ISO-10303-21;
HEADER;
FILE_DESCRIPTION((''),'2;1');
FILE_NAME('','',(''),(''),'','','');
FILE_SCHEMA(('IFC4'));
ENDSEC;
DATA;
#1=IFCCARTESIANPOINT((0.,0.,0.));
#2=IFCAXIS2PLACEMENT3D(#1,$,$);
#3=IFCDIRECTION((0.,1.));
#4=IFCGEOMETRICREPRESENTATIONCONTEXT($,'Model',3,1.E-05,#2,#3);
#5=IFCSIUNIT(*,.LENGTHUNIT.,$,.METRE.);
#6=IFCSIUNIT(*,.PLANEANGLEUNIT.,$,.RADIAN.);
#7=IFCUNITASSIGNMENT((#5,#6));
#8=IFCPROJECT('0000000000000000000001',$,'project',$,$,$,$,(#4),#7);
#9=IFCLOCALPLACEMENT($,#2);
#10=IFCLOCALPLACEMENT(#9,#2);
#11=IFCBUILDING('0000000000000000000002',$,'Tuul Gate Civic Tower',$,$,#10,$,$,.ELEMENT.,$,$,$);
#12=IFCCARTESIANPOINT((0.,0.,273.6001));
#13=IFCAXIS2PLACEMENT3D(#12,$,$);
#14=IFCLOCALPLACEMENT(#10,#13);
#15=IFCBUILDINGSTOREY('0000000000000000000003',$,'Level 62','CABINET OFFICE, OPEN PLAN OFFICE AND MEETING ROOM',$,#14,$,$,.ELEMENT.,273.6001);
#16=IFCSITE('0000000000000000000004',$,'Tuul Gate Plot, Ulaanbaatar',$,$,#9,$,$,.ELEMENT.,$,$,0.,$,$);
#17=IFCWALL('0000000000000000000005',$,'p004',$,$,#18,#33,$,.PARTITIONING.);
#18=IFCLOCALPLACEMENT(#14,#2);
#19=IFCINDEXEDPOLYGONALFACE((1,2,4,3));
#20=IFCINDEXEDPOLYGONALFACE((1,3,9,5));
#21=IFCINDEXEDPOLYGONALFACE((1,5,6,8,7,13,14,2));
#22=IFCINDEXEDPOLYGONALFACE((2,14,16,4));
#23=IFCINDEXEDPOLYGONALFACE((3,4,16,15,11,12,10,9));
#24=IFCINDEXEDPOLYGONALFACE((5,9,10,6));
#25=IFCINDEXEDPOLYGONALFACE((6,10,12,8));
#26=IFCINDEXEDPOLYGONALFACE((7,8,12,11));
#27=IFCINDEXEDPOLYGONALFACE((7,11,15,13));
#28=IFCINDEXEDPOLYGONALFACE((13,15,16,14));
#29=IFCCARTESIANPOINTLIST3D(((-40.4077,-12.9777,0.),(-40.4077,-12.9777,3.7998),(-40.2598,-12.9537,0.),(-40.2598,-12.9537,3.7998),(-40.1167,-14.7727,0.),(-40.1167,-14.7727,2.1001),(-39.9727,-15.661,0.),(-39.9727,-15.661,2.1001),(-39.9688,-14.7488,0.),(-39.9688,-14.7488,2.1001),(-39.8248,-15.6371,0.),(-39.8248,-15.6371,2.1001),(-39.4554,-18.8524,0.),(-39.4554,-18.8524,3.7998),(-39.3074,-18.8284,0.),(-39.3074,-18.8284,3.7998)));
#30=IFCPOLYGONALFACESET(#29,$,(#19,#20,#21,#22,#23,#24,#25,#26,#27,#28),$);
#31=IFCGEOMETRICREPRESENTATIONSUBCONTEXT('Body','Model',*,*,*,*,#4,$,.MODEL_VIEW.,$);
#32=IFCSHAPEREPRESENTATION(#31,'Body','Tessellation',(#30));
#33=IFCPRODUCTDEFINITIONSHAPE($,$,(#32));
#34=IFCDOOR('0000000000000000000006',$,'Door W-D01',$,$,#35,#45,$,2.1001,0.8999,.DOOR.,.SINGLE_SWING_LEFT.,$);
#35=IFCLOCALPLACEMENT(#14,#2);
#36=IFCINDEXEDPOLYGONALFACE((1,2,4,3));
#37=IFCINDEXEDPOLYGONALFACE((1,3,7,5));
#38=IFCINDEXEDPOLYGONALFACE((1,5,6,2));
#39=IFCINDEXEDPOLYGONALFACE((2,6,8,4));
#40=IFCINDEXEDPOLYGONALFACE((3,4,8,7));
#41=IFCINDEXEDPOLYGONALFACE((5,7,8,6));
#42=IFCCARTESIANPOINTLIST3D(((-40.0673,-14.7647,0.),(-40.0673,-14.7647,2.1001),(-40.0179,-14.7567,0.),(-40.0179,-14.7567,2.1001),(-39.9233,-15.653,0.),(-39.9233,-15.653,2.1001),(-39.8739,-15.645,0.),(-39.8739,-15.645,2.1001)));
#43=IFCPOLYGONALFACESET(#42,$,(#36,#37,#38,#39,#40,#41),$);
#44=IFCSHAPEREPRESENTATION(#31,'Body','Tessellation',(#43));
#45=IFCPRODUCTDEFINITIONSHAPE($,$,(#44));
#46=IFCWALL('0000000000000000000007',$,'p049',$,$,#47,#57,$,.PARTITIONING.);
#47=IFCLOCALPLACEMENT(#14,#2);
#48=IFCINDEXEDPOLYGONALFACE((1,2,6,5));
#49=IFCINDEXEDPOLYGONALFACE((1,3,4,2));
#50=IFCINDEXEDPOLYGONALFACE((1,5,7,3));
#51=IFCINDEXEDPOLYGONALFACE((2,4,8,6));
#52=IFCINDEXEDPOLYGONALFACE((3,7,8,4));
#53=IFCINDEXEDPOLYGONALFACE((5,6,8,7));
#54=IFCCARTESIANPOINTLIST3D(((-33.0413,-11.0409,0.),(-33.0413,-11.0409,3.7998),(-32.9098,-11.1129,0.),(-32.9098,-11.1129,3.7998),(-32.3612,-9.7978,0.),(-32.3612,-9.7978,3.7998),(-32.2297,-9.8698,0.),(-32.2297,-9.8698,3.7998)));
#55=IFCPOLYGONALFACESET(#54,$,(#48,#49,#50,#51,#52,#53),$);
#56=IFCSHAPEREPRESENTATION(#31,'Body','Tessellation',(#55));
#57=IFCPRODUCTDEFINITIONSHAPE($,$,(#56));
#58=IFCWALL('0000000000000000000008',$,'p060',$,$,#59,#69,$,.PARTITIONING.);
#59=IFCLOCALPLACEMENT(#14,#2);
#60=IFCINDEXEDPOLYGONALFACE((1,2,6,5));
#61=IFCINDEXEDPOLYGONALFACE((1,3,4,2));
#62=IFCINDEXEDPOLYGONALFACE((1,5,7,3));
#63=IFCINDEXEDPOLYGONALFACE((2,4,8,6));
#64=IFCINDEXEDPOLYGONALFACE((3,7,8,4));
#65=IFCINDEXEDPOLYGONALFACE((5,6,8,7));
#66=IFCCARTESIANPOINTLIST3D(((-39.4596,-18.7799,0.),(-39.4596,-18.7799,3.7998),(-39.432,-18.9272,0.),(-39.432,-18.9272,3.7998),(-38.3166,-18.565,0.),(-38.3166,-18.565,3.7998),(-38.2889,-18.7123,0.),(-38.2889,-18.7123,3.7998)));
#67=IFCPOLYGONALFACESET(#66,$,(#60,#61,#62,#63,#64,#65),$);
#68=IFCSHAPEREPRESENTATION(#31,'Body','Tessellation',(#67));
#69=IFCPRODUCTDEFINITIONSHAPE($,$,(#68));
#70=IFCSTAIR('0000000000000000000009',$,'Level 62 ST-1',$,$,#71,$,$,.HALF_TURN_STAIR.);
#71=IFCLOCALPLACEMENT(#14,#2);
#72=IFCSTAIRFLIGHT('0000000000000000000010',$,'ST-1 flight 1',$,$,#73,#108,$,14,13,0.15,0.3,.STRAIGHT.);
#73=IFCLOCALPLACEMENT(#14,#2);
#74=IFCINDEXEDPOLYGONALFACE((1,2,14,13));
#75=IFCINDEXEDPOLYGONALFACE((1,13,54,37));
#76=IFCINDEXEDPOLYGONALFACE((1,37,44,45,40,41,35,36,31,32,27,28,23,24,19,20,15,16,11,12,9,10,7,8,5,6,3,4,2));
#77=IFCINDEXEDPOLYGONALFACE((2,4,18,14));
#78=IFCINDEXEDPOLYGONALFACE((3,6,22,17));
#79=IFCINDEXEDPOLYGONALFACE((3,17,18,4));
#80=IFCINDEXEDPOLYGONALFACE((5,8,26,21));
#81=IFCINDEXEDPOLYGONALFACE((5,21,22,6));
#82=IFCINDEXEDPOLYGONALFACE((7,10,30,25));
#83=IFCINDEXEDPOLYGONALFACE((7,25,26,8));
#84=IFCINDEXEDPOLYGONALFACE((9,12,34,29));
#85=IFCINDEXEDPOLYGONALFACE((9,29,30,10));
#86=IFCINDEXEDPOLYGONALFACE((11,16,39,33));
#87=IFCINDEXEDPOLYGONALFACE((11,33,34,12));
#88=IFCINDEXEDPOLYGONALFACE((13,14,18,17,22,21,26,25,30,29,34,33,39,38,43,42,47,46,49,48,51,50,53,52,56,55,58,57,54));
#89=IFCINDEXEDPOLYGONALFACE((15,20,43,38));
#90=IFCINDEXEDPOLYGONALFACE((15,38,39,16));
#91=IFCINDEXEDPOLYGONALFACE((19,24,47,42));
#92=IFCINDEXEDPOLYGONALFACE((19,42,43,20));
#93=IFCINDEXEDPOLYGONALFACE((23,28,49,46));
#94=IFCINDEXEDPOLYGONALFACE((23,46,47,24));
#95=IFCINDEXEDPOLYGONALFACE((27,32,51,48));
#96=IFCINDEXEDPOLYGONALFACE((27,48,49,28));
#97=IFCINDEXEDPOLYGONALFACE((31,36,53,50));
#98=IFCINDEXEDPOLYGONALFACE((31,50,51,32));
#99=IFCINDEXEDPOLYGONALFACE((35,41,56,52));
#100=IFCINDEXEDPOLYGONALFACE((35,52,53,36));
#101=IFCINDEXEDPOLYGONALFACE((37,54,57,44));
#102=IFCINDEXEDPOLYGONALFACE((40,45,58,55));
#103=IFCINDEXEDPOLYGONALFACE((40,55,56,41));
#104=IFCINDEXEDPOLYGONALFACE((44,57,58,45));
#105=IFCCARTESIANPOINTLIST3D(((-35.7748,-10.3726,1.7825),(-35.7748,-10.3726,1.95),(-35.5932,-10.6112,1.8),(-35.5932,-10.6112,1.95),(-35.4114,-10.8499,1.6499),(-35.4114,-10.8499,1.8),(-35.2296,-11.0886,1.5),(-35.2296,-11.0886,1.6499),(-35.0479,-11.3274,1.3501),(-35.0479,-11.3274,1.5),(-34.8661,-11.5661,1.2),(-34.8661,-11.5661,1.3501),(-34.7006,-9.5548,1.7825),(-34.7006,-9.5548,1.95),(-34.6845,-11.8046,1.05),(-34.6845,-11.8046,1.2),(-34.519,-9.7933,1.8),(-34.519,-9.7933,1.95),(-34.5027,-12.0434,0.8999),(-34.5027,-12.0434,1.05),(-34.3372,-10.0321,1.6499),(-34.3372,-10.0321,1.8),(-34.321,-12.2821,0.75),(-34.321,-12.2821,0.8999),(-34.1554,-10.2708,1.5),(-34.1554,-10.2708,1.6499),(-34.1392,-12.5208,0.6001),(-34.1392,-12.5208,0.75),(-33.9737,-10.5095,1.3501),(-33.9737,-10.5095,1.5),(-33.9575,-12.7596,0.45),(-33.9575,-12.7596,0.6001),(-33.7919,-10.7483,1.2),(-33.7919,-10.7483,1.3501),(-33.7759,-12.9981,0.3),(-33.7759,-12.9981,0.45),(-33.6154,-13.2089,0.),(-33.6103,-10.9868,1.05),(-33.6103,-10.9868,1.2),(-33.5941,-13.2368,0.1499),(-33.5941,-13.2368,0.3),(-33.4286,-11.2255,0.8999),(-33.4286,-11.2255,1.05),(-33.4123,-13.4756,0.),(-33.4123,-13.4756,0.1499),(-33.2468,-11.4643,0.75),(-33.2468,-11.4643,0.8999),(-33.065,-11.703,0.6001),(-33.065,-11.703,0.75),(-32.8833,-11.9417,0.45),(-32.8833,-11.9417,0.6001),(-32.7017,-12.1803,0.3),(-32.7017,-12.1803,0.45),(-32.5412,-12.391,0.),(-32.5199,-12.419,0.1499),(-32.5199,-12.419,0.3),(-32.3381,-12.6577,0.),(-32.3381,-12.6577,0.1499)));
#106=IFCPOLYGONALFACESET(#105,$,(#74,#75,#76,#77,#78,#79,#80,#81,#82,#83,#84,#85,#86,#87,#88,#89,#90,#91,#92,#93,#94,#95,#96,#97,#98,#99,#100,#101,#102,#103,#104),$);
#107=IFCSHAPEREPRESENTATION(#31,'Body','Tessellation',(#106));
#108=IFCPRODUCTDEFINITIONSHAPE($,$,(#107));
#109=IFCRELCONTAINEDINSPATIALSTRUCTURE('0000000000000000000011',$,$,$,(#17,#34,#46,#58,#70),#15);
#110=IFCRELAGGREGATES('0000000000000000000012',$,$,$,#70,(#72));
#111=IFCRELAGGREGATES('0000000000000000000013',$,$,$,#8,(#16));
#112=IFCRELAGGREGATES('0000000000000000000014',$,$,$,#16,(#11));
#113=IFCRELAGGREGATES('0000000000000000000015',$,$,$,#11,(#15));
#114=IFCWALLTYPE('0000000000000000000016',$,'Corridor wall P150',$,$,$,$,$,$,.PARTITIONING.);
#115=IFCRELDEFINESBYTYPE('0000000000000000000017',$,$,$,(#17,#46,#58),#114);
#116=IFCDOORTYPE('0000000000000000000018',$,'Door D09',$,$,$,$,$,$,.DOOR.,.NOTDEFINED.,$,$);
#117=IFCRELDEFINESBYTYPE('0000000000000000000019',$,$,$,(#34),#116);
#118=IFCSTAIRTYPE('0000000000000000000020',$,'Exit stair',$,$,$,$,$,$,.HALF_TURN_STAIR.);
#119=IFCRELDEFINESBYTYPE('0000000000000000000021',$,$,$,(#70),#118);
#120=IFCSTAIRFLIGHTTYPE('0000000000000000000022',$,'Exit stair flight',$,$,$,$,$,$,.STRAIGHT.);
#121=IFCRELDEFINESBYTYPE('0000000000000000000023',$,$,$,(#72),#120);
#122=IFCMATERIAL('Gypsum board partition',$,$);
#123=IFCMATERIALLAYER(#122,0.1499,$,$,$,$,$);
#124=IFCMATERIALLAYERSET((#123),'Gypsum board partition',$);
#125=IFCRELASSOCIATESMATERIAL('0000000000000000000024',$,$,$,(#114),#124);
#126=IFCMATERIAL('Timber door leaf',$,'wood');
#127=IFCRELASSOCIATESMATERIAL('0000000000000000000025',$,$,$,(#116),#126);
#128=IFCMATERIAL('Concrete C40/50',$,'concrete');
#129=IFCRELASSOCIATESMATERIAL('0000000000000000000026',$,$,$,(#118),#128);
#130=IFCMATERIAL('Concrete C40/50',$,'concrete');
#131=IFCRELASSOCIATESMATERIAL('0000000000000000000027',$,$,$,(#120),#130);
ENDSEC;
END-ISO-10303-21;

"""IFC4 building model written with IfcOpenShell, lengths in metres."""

from ifc_helpers import new_model, si_unit, direction, frame, frame_2d, origin, place, context, subcontext, project, spatial, polyline, rectangle, outline, extrude, material, layer, layer_set, type_object, element, fill, aggregate, save


model = new_model("IFC4")

# Units and contexts
model_context = context("Model", 3, precision=1e-05, world=origin(), true_north=direction((0.0, 1.0)))
body_context = subcontext(model_context, "Body", "Model", "MODEL_VIEW")
ifc_project = project(units=[si_unit("LENGTHUNIT", "METRE"), si_unit("PLANEANGLEUNIT", "RADIAN")], contexts=[model_context])

# Site, building, storey
site_placement = place(None, origin())
site = spatial("IfcSite", under=ifc_project, at=site_placement, Name="Tuul Gate Plot, Ulaanbaatar", CompositionType="ELEMENT", RefElevation=0.0)
building_placement = place(site_placement, origin())
building = spatial("IfcBuilding", under=site, at=building_placement, Name="Tuul Gate Civic Tower", CompositionType="ELEMENT")
storey_placement = place(building_placement, frame((0.0, 0.0, 273.6001)))
storey = spatial("IfcBuildingStorey", under=building, at=storey_placement, Name="Level 62", Description="CABINET OFFICE, OPEN PLAN OFFICE AND MEETING ROOM", CompositionType="ELEMENT", Elevation=273.6001)

# Wall, opening, door
ifc_material_1 = material(Name="Gypsum board partition")
ifc_layer_1 = layer(ifc_material_1, 0.1499)
ifc_layer_set_1 = layer_set([ifc_layer_1], Name="Gypsum board partition")
wall_type_1 = type_object("IfcWallType", Name="Corridor wall P150", PredefinedType="PARTITIONING", material=ifc_layer_set_1)
wall_1_placement = place(storey_placement, frame((-40.3337, -12.9658, 0.0), z_axis=(0.0, 0.0, 1.0), x_axis=(0.160027, -0.987113, 0.0)))
wall_1 = element("IfcWall", 1, at=wall_1_placement, inside=storey, type_object=wall_type_1, Name="p004", PredefinedType="PARTITIONING", context=body_context, shape_type="SweptSolid", body=[
    extrude(rectangle(XDim=5.9514, YDim=0.1499, at=frame_2d((2.9756, 0.0))), origin(), (0.0, 0.0, 1.0), 3.7998),
])
opening_1_placement = place(wall_1_placement, frame((1.8184, 0.0, 0.0)))
opening_1 = element("IfcOpeningElement", 2, at=opening_1_placement, cuts=wall_1, PredefinedType="OPENING", context=body_context, shape_type="SweptSolid", body=[
    extrude(rectangle(XDim=0.8999, YDim=2.1001, at=frame_2d((0.45, 1.05))), frame((0.0, 0.085, 0.0), z_axis=(0.0, -1.0, 0.0), x_axis=(1.0, 0.0, 0.0)), (0.0, 0.0, 1.0), 0.1699),
])
ifc_material_2 = material(Name="Timber door leaf", Category="wood")
door_type_1 = type_object("IfcDoorType", Name="Door D09", OperationType="NOTDEFINED", PredefinedType="DOOR", material=ifc_material_2)
door_1_placement = place(opening_1_placement, frame((0.8999, 0.0, 0.0), z_axis=(0.0, 0.0, 1.0), x_axis=(-1.0, 0.0, 0.0)))
door_1 = element("IfcDoor", 3, at=door_1_placement, inside=storey, type_object=door_type_1, Name="Door W-D01", OperationType="SINGLE_SWING_LEFT", OverallHeight=2.1001, OverallWidth=0.8999, PredefinedType="DOOR", context=body_context, shape_type="SweptSolid", body=[
    extrude(rectangle(XDim=0.8999, YDim=2.1001, at=frame_2d((0.45, 1.05))), frame((0.0, 0.0249, 0.0), z_axis=(0.0, -1.0, 0.0), x_axis=(1.0, 0.0, 0.0)), (0.0, 0.0, 1.0), 0.05),
])
fill(opening_1, door_1)

# Walls
wall_2_placement = place(storey_placement, frame((-32.9756, -11.0769, 0.0), z_axis=(0.0, 0.0, 1.0), x_axis=(0.479986, 0.877276, 0.0)))
element("IfcWall", 4, at=wall_2_placement, inside=storey, type_object=wall_type_1, Name="p049", PredefinedType="PARTITIONING", context=body_context, shape_type="SweptSolid", body=[
    extrude(rectangle(XDim=1.417, YDim=0.1499, at=frame_2d((0.7085, 0.0))), origin(), (0.0, 0.0, 1.0), 3.7998),
])
wall_3_placement = place(storey_placement, frame((-39.4458, -18.8535, 0.0), z_axis=(0.0, 0.0, 1.0), x_axis=(0.982791, 0.184719, 0.0)))
element("IfcWall", 5, at=wall_3_placement, inside=storey, type_object=wall_type_1, Name="p060", PredefinedType="PARTITIONING", context=body_context, shape_type="SweptSolid", body=[
    extrude(rectangle(XDim=1.1631, YDim=0.1499, at=frame_2d((0.5815, 0.0))), origin(), (0.0, 0.0, 1.0), 3.7998),
])

# Stair, stair flight
ifc_material_3 = material(Name="Concrete C40/50", Category="concrete")
stair_type = type_object("IfcStairType", Name="Exit stair", PredefinedType="HALF_TURN_STAIR", material=ifc_material_3)
stair_placement = place(storey_placement, origin())
stair = element("IfcStair", 6, at=stair_placement, inside=storey, type_object=stair_type, Name="Level 62 ST-1", PredefinedType="HALF_TURN_STAIR")
ifc_material_4 = material(Name="Concrete C40/50", Category="concrete")
stair_flight_type = type_object("IfcStairFlightType", Name="Exit stair flight", PredefinedType="STRAIGHT", material=ifc_material_4)
stair_flight_placement = place(storey_placement, frame((-32.8752, -13.0667, 0.0), z_axis=(0.0, 0.0, 1.0), x_axis=(-0.605764, 0.795644, 0.0)))
stair_flight = element("IfcStairFlight", 7, at=stair_flight_placement, type_object=stair_flight_type, Name="ST-1 flight 1", NumberOfRisers=14, NumberOfTreads=13, PredefinedType="STRAIGHT", RiserHeight=0.15, TreadLength=0.3, context=body_context, shape_type="SweptSolid", body=[
    extrude(outline(polyline([(0.0, 0.0), (0.0, 0.1499), (0.3, 0.1499), (0.3, 0.3), (0.6001, 0.3), (0.6001, 0.45), (0.8999, 0.45), (0.8999, 0.6001), (1.2, 0.6001), (1.2, 0.75), (1.5, 0.75), (1.5, 0.8999), (1.8, 0.8999), (1.8, 1.05), (2.1001, 1.05), (2.1001, 1.2), (2.3999, 1.2), (2.3999, 1.3501), (2.7, 1.3501), (2.7, 1.5), (3.0, 1.5), (3.0, 1.6499), (3.3, 1.6499), (3.3, 1.8), (3.6001, 1.8), (3.6001, 1.95), (3.8999, 1.95), (3.8999, 2.1001), (3.8999, 1.7825), (0.3352, 0.0), (0.0, 0.0)])), frame((0.0, 0.675, 0.0), z_axis=(0.0, -1.0, 0.0), x_axis=(1.0, 0.0, 0.0)), (0.0, 0.0, 1.0), 1.3501),
])
aggregate(stair, [stair_flight])

save(model, "model.ifc")
